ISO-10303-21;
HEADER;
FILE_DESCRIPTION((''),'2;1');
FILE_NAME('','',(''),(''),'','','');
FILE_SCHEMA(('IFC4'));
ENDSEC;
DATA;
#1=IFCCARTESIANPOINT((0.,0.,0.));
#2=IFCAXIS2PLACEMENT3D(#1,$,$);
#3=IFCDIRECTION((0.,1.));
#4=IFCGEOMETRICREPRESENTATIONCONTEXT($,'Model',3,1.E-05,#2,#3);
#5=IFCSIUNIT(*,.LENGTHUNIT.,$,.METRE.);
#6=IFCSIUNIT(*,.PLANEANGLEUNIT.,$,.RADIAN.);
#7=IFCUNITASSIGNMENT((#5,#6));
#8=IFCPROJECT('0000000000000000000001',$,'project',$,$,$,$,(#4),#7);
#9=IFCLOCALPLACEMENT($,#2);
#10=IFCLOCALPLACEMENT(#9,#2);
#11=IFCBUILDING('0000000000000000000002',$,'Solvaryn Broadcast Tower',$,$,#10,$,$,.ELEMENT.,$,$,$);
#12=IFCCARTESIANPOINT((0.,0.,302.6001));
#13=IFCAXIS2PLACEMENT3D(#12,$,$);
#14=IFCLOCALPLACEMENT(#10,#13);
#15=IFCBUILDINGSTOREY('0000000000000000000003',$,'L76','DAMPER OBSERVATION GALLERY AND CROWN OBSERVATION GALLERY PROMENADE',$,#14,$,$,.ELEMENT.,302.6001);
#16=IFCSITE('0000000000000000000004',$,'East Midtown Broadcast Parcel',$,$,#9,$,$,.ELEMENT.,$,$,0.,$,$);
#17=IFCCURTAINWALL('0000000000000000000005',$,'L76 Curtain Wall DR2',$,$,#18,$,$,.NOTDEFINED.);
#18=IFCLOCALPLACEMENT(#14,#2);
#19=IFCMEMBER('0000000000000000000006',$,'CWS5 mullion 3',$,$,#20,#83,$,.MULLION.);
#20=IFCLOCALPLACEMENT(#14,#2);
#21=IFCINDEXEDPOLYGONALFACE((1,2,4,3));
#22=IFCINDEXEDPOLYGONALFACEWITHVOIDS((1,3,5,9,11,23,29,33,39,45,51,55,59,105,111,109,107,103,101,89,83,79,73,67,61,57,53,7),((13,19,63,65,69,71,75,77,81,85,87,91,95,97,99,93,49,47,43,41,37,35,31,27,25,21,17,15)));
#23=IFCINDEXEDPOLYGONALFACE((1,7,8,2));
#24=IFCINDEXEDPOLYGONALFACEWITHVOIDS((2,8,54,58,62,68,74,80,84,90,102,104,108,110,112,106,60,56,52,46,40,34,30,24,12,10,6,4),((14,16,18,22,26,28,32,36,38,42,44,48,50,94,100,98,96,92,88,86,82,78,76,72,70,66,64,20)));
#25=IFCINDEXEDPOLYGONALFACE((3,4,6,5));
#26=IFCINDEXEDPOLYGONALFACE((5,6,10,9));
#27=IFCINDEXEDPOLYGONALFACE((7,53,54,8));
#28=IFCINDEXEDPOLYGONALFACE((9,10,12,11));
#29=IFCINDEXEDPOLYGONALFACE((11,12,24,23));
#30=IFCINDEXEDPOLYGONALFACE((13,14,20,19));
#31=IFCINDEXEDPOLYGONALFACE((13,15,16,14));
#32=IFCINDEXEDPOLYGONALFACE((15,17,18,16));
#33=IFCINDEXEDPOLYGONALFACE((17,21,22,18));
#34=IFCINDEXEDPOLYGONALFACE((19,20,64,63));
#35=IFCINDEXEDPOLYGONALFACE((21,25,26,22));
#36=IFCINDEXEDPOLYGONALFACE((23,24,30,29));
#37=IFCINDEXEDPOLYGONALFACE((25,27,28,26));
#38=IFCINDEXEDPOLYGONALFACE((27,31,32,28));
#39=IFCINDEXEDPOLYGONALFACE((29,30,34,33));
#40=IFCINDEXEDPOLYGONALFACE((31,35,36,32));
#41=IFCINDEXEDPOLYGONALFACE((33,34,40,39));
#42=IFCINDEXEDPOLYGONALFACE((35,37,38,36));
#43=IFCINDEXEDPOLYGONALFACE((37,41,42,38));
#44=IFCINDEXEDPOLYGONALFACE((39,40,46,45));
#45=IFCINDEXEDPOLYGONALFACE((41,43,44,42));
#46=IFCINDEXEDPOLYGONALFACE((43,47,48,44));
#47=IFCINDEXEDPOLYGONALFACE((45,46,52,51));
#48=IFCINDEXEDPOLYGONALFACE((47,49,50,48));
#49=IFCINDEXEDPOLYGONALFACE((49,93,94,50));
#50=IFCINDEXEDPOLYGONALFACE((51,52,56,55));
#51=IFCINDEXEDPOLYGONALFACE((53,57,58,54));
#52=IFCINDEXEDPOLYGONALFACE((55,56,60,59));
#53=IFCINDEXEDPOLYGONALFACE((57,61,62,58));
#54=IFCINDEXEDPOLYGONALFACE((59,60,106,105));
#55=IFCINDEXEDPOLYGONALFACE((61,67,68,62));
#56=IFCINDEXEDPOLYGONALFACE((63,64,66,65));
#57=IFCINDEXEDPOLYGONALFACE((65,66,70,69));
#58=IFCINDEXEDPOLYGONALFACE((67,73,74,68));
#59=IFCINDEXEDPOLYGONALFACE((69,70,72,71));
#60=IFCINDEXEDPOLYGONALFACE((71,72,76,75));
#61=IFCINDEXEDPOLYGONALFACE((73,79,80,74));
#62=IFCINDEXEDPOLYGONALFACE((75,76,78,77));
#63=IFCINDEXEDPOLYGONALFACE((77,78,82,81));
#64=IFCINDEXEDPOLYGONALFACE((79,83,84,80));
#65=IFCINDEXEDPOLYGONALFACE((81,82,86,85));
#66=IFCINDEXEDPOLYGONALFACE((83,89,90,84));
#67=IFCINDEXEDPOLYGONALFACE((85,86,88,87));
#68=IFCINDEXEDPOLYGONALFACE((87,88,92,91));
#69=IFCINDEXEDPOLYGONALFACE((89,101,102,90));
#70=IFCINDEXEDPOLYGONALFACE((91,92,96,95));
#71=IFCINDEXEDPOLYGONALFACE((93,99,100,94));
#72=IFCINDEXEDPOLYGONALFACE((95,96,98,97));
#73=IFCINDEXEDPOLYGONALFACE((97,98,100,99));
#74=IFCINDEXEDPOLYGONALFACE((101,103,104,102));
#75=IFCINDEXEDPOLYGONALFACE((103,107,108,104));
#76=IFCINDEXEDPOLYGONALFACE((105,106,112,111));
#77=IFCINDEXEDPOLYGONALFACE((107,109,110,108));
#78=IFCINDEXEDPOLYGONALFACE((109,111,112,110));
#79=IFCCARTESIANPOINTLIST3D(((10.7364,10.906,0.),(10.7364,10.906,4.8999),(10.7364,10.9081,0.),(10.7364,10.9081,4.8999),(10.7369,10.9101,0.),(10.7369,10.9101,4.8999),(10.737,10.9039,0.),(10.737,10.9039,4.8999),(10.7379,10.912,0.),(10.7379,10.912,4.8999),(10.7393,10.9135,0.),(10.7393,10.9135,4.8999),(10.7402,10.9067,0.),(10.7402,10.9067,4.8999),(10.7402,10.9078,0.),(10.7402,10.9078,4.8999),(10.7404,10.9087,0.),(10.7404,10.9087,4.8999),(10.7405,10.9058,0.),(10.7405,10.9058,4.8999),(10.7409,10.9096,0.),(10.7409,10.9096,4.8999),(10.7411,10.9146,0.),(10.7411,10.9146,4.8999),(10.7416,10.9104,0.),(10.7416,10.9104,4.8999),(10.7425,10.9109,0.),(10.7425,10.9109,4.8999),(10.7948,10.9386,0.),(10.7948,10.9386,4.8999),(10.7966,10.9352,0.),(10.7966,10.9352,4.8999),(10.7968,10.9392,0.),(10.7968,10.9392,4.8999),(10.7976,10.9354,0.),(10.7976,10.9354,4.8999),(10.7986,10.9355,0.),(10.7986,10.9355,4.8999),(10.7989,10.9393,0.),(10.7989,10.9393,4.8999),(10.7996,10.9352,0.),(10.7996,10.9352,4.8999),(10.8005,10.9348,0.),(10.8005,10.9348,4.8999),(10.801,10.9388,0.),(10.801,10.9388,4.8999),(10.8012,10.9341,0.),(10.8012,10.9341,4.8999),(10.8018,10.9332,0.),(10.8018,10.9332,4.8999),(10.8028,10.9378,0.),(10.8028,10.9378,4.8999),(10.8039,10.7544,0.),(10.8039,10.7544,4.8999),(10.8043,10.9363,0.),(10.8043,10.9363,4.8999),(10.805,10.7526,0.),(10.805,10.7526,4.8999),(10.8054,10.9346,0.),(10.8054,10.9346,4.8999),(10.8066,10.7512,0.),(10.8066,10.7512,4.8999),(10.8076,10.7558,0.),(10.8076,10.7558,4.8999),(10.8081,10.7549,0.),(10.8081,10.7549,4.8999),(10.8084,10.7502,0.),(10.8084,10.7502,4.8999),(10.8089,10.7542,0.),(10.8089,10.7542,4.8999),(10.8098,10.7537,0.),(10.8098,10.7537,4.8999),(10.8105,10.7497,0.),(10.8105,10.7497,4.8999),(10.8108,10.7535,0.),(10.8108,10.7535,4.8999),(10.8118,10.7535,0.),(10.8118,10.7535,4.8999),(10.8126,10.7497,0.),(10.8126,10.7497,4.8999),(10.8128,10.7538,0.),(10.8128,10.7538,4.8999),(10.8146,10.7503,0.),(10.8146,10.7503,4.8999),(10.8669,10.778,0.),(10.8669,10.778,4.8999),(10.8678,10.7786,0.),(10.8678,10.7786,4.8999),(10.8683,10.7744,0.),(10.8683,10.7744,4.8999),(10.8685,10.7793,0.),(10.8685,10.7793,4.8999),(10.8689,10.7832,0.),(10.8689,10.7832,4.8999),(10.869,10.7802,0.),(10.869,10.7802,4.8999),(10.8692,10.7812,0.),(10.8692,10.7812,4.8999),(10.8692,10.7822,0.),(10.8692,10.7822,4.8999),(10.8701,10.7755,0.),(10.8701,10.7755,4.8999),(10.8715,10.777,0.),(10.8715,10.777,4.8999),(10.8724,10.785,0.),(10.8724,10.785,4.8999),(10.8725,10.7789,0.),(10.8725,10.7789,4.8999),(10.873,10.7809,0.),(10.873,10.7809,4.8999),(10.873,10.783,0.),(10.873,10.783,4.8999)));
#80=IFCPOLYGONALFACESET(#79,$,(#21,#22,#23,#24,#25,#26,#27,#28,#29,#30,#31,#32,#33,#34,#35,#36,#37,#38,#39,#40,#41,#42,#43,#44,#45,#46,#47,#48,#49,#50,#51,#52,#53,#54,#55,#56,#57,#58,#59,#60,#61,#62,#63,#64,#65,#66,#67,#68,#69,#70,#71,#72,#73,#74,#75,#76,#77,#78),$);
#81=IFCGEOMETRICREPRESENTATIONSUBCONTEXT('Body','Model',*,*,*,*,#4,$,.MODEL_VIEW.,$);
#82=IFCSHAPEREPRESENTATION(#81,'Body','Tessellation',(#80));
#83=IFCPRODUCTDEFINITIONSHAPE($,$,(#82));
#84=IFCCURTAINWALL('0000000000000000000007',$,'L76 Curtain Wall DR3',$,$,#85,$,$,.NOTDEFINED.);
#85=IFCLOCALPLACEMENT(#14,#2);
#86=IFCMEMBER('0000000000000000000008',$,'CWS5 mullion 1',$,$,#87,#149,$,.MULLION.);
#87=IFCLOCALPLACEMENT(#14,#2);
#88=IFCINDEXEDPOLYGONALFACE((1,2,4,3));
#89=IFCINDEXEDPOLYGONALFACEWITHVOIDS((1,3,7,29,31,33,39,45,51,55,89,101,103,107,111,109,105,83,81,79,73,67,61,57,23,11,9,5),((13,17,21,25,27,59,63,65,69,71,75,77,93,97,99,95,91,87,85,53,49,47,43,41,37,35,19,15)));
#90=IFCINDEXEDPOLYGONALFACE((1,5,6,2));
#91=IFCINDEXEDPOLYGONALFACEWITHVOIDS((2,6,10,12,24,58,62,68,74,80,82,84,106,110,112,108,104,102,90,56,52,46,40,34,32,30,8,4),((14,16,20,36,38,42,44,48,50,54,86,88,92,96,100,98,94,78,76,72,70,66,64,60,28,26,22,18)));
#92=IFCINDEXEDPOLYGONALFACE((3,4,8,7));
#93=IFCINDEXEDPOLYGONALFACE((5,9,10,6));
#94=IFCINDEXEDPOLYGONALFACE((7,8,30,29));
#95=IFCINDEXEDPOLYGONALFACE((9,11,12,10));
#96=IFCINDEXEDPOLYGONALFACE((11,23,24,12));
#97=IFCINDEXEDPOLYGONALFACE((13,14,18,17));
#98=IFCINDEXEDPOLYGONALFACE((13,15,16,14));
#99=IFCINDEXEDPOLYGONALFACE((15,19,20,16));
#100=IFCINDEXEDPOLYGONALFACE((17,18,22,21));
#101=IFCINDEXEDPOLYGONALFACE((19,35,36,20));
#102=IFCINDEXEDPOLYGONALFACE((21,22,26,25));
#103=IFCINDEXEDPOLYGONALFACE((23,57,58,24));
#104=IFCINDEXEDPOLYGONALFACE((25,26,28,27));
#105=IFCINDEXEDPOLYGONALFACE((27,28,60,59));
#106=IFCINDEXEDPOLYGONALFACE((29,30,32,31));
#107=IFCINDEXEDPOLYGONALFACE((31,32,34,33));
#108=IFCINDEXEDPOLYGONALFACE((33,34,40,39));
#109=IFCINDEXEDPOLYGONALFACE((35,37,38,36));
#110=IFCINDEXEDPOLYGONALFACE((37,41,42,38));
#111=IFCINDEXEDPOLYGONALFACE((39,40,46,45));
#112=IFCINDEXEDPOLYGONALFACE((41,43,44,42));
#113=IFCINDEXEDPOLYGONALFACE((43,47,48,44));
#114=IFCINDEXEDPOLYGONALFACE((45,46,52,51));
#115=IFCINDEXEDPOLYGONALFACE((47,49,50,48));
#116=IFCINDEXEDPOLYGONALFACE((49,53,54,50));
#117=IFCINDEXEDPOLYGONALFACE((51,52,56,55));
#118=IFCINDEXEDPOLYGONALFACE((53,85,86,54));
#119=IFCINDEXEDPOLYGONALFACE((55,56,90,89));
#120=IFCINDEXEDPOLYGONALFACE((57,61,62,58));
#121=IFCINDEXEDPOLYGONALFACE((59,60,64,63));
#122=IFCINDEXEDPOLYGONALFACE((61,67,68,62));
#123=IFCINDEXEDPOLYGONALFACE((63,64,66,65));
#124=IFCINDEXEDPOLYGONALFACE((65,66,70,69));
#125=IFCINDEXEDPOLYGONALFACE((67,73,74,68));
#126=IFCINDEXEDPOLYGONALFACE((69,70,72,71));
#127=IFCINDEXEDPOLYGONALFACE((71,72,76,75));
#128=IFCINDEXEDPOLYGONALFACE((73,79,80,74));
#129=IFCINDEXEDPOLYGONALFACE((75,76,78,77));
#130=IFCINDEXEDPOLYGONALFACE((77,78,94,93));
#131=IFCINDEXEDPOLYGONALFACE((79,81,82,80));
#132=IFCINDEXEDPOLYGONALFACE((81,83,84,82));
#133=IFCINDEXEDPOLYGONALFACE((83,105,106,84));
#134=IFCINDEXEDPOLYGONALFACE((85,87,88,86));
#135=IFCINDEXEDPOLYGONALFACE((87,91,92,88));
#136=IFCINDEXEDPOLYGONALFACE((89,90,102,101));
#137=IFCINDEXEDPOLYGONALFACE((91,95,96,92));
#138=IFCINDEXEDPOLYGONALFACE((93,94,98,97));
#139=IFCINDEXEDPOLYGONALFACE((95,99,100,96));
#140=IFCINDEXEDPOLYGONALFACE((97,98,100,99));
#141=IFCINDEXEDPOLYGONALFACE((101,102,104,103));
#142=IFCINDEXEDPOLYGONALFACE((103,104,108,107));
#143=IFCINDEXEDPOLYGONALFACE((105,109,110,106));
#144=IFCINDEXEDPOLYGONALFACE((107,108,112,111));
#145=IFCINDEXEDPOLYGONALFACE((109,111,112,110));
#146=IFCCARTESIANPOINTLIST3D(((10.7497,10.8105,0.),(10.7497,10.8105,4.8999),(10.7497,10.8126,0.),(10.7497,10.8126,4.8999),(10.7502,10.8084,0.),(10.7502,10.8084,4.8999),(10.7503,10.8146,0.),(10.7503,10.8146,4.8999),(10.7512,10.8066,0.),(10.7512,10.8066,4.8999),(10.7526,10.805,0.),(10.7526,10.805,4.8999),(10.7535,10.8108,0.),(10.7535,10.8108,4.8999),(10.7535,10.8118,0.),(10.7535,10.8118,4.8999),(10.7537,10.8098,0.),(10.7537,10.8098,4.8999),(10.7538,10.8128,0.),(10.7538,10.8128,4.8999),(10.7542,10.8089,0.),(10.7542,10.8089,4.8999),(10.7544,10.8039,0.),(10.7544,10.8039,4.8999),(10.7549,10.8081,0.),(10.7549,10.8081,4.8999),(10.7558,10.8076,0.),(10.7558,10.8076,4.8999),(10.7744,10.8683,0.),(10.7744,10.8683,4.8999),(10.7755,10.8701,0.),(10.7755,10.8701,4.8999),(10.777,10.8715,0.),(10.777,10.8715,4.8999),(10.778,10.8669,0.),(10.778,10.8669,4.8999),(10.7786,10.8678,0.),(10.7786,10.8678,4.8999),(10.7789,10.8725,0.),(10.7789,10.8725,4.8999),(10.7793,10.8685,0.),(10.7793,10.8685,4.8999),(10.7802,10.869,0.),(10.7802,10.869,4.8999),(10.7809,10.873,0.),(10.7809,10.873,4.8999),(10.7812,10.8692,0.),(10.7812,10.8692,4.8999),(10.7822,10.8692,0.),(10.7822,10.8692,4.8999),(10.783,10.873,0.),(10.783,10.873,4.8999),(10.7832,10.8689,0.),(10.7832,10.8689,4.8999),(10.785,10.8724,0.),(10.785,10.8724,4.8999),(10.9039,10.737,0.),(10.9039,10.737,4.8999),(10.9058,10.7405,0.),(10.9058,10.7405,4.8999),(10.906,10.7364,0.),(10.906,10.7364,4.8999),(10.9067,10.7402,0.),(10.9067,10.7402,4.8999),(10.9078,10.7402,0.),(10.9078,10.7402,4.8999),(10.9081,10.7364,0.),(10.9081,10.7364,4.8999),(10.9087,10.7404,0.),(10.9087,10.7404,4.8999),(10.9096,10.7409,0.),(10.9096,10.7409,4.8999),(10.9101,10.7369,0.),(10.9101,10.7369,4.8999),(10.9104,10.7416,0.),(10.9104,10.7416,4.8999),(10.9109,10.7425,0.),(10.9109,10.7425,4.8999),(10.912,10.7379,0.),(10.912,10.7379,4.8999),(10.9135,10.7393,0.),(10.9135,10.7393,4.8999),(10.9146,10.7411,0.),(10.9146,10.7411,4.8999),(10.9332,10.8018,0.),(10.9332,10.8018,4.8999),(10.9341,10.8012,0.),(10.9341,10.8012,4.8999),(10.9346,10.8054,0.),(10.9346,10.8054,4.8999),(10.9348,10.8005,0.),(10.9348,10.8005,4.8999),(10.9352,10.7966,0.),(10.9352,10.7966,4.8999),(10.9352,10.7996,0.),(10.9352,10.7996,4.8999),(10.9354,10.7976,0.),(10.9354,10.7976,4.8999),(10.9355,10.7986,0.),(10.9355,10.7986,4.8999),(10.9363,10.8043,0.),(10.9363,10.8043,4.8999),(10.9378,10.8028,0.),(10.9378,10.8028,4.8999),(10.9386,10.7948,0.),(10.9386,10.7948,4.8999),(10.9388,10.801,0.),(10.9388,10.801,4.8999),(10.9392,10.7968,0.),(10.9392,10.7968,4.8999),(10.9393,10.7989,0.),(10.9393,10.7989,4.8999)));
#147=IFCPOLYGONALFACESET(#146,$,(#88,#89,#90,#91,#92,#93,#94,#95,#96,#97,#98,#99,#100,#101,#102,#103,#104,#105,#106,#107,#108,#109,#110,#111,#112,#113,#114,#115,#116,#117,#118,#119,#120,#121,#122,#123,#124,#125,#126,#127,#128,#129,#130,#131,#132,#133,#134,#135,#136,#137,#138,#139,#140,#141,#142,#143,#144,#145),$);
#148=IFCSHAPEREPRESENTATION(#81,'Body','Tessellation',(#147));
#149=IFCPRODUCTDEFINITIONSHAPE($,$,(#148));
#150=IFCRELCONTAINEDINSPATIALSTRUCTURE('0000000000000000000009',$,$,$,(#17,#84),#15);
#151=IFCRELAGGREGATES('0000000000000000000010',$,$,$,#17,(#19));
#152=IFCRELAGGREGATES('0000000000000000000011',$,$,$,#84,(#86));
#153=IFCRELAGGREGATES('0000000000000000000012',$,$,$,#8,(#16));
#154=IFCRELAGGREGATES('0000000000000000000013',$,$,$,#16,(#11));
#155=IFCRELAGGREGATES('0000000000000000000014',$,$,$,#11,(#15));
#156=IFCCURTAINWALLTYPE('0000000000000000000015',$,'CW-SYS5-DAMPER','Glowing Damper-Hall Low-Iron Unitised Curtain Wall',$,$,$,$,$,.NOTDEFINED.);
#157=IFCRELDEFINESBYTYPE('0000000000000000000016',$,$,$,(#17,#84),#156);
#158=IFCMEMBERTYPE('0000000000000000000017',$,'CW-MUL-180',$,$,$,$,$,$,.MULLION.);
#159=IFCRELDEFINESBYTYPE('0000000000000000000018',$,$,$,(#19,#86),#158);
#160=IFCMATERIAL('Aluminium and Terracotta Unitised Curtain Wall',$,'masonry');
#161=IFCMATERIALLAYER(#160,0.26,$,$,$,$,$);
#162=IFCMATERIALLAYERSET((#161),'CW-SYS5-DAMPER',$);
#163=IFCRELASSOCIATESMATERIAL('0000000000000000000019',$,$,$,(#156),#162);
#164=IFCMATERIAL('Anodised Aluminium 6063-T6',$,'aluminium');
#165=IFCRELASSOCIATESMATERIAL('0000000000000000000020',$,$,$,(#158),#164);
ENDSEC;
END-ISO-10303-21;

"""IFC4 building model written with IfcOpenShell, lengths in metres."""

from ifc_helpers import new_model, si_unit, direction, frame, origin, origin_2d, place, context, subcontext, project, spatial, hollow_rectangle, extrude, material, layer, layer_set, material_profile, profile_set, type_object, element, aggregate, save


model = new_model("IFC4")

# Units and contexts
model_context = context("Model", 3, precision=1e-05, world=origin(), true_north=direction((0.0, 1.0)))
body_context = subcontext(model_context, "Body", "Model", "MODEL_VIEW")
ifc_project = project(units=[si_unit("LENGTHUNIT", "METRE"), si_unit("PLANEANGLEUNIT", "RADIAN")], contexts=[model_context])

# Site, building, storey
site_placement = place(None, origin())
site = spatial("IfcSite", under=ifc_project, at=site_placement, Name="East Midtown Broadcast Parcel", CompositionType="ELEMENT", RefElevation=0.0)
building_placement = place(site_placement, origin())
building = spatial("IfcBuilding", under=site, at=building_placement, Name="Solvaryn Broadcast Tower", CompositionType="ELEMENT")
storey_placement = place(building_placement, frame((0.0, 0.0, 302.6001)))
storey = spatial("IfcBuildingStorey", under=building, at=storey_placement, Name="L76", Description="DAMPER OBSERVATION GALLERY AND CROWN OBSERVATION GALLERY PROMENADE", CompositionType="ELEMENT", Elevation=302.6001)

# Curtain wall, member
ifc_material_1 = material(Name="Aluminium and Terracotta Unitised Curtain Wall", Category="masonry")
ifc_layer_1 = layer(ifc_material_1, 0.26)
ifc_layer_set_1 = layer_set([ifc_layer_1], Name="CW-SYS5-DAMPER")
curtain_wall_type = type_object("IfcCurtainWallType", Name="CW-SYS5-DAMPER", Description="Glowing Damper-Hall Low-Iron Unitised Curtain Wall", PredefinedType="NOTDEFINED", material=ifc_layer_set_1)
curtain_wall_1_placement = place(storey_placement, origin())
curtain_wall_1 = element("IfcCurtainWall", 1, at=curtain_wall_1_placement, inside=storey, type_object=curtain_wall_type, Name="L76 Curtain Wall DR2", PredefinedType="NOTDEFINED")
ifc_material_2 = material(Name="Anodised Aluminium 6063-T6", Category="aluminium")
ifc_material_profile_1 = material_profile(ifc_material_2, hollow_rectangle(XDim=0.075, YDim=0.1799, WallThickness=0.0039, InnerFilletRadius=0.0039, OuterFilletRadius=0.0081, at=origin_2d()))
ifc_profile_set_1 = profile_set([ifc_material_profile_1], Name="Anodised Aluminium 6063-T6")
member_type_1 = type_object("IfcMemberType", Name="CW-MUL-180", PredefinedType="MULLION", material=ifc_profile_set_1)
member_1_placement = place(storey_placement, frame((10.8047, 10.8445, 0.0), z_axis=(0.0, 0.0, 1.0), x_axis=(0.912774, 0.408466, 0.0)))
member_1 = element("IfcMember", 2, at=member_1_placement, type_object=member_type_1, Name="CWS5 mullion 3", PredefinedType="MULLION", context=body_context, shape_type="SweptSolid", body=[
    extrude(hollow_rectangle(XDim=0.075, YDim=0.1799, WallThickness=0.0039, InnerFilletRadius=0.0039, OuterFilletRadius=0.0081, at=origin_2d()), origin(), (0.0, 0.0, 1.0), 4.8999),
])
aggregate(curtain_wall_1, [member_1])

# Curtain wall, member
curtain_wall_2_placement = place(storey_placement, origin())
curtain_wall_2 = element("IfcCurtainWall", 3, at=curtain_wall_2_placement, inside=storey, type_object=curtain_wall_type, Name="L76 Curtain Wall DR3", PredefinedType="NOTDEFINED")
member_2_placement = place(storey_placement, frame((10.8445, 10.8047, 0.0), z_axis=(0.0, 0.0, 1.0), x_axis=(0.408466, 0.912774, 0.0)))
member_2 = element("IfcMember", 4, at=member_2_placement, type_object=member_type_1, Name="CWS5 mullion 1", PredefinedType="MULLION", context=body_context, shape_type="SweptSolid", body=[
    extrude(hollow_rectangle(XDim=0.075, YDim=0.1799, WallThickness=0.0039, InnerFilletRadius=0.0039, OuterFilletRadius=0.0081, at=origin_2d()), origin(), (0.0, 0.0, 1.0), 4.8999),
])

aggregate(curtain_wall_2, [member_2])

save(model, "model.ifc")
